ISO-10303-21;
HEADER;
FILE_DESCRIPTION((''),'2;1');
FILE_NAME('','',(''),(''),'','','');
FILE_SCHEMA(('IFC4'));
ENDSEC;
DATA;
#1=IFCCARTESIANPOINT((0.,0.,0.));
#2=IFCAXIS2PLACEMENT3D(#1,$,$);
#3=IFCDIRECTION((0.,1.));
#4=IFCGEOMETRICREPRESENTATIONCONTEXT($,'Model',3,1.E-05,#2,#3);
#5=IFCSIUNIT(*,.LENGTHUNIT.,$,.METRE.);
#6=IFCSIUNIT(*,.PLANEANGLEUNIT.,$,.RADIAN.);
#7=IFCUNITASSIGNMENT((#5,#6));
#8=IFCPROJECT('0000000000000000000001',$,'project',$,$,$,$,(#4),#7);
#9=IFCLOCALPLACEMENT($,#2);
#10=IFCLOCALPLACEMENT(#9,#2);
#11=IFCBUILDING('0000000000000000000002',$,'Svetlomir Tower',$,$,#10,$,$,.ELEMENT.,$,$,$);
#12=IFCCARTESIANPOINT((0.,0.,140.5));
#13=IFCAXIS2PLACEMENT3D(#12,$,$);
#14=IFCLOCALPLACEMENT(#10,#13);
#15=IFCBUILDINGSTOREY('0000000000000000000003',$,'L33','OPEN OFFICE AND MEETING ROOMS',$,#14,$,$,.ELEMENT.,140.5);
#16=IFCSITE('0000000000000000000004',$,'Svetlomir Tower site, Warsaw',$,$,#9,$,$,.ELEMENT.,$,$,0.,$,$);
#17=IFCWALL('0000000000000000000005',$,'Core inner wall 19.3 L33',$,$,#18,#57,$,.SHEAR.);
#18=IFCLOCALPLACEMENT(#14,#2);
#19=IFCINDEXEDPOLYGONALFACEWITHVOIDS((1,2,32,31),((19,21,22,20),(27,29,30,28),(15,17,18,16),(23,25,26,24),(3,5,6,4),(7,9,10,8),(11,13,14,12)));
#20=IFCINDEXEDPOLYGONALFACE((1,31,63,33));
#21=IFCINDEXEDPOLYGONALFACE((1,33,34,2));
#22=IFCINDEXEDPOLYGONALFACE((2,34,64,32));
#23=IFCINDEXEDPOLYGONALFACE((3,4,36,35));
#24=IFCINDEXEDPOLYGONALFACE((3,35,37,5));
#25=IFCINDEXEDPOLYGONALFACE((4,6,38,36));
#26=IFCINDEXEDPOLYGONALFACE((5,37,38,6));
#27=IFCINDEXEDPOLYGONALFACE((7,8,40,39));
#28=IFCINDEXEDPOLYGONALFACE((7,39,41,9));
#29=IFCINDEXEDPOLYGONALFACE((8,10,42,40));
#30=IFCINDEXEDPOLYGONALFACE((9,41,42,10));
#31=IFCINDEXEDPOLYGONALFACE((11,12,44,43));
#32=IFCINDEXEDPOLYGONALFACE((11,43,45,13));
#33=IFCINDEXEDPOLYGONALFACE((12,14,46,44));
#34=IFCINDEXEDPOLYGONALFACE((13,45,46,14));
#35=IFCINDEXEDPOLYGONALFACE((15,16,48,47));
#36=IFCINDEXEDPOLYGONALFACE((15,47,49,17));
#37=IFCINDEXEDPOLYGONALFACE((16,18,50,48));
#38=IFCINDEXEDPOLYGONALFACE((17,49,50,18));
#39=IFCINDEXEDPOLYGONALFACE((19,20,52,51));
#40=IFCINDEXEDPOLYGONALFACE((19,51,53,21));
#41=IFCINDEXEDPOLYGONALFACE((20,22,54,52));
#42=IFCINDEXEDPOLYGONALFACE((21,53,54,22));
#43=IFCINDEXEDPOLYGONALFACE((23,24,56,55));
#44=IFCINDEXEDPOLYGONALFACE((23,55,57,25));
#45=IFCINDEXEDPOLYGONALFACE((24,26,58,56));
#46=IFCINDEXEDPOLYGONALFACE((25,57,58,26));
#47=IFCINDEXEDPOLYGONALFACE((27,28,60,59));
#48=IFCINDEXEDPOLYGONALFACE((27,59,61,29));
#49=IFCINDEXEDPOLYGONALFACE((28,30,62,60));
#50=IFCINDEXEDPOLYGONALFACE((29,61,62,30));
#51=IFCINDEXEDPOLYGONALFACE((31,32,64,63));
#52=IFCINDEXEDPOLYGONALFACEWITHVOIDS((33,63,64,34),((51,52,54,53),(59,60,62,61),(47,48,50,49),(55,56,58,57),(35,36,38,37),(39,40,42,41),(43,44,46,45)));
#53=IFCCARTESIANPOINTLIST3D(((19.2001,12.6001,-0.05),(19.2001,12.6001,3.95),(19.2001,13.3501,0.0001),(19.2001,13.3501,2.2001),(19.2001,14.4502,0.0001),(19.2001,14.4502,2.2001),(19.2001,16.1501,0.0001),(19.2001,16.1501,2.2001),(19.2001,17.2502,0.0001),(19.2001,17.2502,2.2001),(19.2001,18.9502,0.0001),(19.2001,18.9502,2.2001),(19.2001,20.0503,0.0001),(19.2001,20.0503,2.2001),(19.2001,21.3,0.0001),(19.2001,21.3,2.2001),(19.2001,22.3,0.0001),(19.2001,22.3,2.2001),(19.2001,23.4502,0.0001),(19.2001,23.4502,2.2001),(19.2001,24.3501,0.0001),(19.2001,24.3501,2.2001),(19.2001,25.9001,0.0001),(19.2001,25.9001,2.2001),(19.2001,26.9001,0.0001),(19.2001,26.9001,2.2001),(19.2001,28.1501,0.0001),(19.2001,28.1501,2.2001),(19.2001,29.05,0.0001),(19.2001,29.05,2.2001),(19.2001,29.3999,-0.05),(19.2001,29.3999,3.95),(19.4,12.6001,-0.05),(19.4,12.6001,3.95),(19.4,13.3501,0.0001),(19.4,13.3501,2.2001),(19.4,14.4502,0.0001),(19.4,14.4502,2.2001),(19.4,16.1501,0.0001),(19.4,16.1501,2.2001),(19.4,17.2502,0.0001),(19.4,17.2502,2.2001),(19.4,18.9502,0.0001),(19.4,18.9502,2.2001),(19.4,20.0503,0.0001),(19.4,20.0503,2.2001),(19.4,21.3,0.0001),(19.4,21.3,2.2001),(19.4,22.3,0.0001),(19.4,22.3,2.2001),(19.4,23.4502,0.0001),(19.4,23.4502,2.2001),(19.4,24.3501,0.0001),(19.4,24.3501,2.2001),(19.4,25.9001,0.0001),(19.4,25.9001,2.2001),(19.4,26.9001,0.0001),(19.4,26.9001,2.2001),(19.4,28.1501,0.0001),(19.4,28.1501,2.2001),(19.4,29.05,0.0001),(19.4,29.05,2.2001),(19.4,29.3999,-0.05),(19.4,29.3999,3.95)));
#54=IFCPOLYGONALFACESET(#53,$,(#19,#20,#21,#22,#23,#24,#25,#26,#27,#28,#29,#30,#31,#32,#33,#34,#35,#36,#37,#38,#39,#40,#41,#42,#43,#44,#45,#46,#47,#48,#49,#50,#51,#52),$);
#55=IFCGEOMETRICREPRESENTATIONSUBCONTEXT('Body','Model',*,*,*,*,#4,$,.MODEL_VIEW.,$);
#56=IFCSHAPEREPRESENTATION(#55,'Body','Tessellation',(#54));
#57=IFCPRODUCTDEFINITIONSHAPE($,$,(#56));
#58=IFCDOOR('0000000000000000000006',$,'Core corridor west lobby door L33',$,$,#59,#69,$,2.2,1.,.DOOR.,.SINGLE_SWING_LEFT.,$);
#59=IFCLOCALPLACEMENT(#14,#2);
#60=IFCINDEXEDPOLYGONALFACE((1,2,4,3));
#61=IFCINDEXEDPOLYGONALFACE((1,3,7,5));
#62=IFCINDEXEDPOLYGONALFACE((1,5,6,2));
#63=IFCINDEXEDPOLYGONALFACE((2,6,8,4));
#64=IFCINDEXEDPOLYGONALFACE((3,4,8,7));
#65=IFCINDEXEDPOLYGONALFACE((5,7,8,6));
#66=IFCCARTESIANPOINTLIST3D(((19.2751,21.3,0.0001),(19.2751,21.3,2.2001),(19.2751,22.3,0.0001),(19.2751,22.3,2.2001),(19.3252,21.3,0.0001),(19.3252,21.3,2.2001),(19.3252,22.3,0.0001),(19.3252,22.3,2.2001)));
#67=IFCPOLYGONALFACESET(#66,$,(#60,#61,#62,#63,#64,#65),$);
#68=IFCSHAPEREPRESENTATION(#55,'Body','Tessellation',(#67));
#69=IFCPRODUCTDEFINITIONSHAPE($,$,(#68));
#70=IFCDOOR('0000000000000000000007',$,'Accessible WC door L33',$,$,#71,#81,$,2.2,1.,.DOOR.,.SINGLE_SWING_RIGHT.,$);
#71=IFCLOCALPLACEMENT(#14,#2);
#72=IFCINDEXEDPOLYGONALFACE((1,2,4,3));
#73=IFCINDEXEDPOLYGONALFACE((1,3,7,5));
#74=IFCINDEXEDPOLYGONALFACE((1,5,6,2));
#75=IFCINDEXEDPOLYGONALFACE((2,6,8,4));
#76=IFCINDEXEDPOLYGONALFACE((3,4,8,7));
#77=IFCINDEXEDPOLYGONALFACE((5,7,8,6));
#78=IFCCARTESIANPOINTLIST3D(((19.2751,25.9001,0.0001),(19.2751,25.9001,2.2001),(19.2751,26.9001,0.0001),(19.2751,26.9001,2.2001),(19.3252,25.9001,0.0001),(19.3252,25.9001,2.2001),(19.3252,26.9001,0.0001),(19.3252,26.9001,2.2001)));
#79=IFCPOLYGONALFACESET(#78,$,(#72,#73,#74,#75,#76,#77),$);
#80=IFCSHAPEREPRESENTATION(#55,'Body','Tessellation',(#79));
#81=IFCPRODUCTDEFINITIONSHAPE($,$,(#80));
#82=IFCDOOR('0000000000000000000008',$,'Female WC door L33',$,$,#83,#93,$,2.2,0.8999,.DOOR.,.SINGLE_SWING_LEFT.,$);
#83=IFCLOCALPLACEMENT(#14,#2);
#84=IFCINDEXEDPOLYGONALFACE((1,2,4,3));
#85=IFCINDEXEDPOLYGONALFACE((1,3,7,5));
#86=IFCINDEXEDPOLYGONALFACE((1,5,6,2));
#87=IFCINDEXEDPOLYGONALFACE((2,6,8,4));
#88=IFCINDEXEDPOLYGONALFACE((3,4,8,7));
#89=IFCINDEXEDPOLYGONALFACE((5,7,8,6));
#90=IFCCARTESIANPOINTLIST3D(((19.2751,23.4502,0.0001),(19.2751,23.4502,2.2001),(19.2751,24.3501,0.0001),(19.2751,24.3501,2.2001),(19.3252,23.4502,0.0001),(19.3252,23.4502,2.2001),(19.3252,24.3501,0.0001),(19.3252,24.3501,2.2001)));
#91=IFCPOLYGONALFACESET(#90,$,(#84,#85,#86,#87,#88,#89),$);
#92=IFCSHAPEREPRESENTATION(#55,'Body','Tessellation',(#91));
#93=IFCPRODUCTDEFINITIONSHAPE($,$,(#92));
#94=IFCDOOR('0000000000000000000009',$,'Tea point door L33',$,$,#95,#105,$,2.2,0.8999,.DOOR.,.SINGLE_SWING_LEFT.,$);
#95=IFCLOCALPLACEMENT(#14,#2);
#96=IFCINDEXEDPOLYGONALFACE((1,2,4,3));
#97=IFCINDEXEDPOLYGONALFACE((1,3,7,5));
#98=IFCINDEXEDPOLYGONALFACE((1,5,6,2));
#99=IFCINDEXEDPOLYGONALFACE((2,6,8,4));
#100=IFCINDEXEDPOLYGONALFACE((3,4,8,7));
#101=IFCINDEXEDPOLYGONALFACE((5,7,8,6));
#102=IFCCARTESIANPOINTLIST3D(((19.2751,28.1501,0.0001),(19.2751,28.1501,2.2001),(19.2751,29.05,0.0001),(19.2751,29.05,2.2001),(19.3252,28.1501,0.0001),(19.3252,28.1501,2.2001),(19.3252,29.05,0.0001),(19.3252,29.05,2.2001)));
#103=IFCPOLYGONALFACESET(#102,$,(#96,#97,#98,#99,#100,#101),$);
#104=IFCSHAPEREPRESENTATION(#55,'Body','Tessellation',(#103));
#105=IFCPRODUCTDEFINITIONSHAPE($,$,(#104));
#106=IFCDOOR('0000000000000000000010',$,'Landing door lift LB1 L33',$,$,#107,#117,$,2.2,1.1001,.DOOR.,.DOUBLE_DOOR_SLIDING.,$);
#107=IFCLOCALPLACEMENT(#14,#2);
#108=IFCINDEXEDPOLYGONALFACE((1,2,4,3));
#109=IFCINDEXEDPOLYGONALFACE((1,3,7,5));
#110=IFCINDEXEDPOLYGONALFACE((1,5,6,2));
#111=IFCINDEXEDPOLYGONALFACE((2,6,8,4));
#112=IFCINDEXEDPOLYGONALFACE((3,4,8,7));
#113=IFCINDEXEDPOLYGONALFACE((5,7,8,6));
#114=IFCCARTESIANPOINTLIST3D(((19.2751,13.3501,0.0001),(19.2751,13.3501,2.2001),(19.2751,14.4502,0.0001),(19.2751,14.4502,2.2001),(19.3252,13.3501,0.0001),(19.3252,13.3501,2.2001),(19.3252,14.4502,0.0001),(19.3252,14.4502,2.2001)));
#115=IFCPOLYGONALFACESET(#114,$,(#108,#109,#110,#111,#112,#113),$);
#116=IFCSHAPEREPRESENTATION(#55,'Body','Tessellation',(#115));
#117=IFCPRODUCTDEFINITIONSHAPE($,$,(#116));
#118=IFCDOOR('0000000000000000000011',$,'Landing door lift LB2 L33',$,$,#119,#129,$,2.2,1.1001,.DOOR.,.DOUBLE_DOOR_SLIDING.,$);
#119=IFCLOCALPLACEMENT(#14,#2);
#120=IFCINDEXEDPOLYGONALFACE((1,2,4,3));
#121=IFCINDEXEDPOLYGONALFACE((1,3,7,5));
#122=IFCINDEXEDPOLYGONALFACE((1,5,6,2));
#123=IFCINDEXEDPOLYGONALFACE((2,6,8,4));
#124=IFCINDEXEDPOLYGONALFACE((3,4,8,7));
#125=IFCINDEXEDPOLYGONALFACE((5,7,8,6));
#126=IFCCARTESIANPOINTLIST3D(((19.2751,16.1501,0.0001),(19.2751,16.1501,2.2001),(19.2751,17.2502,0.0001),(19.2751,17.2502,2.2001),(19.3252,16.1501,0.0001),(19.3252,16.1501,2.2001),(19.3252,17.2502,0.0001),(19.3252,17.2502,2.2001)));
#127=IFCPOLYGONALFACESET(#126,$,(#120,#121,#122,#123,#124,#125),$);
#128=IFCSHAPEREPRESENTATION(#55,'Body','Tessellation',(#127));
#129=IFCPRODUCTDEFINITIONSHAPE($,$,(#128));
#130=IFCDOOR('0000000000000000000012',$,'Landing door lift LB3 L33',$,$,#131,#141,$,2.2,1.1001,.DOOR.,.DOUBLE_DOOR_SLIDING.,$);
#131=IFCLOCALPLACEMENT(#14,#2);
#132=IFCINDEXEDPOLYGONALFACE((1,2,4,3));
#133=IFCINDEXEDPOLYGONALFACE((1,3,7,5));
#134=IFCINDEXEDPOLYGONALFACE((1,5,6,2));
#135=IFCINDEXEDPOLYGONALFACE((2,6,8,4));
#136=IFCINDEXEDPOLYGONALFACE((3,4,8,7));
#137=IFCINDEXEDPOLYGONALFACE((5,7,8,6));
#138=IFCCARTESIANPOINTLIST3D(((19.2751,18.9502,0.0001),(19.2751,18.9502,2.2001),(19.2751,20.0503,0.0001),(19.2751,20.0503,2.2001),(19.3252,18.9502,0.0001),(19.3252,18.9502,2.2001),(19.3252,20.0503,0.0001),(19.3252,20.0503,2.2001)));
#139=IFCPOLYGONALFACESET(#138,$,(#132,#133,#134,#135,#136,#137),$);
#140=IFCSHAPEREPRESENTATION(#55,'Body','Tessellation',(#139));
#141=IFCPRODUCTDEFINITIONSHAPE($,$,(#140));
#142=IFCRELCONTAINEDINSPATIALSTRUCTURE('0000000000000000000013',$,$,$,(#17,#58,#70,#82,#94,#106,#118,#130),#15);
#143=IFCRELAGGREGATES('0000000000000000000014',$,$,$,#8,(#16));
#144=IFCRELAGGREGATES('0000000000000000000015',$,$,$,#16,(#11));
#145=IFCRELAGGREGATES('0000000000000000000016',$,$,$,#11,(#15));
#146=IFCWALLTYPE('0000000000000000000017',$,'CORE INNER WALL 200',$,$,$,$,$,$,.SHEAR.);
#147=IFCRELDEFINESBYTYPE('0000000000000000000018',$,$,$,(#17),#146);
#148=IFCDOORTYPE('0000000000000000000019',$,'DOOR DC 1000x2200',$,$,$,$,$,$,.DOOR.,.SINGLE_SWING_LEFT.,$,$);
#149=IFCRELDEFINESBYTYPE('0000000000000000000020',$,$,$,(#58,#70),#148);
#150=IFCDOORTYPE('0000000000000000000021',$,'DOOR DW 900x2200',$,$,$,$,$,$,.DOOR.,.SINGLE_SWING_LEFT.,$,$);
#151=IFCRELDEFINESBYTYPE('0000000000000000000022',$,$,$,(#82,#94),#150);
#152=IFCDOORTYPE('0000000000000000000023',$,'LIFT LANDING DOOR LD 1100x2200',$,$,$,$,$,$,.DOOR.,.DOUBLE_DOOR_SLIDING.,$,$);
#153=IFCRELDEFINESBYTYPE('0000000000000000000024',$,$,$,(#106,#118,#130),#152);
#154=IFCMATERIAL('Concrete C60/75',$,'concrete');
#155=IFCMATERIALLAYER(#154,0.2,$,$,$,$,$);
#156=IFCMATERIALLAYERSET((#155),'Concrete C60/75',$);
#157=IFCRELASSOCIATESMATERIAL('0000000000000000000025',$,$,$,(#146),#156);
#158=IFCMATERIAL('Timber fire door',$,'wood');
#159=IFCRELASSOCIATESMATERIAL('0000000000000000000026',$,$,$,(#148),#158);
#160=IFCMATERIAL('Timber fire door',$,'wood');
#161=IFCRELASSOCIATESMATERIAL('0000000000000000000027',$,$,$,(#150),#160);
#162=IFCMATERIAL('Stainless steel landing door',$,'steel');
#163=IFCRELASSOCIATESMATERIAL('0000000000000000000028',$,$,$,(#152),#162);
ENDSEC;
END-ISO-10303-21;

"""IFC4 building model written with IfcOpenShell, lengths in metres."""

from ifc_helpers import new_model, si_unit, direction, frame, frame_2d, origin, place, context, subcontext, project, spatial, rectangle, extrude, material, layer, layer_set, type_object, element, fill, save


model = new_model("IFC4")

# Units and contexts
model_context = context("Model", 3, precision=1e-05, world=origin(), true_north=direction((0.0, 1.0)))
body_context = subcontext(model_context, "Body", "Model", "MODEL_VIEW")
ifc_project = project(units=[si_unit("LENGTHUNIT", "METRE"), si_unit("PLANEANGLEUNIT", "RADIAN")], contexts=[model_context])

# Site, building, storey
site_placement = place(None, origin())
site = spatial("IfcSite", under=ifc_project, at=site_placement, Name="Svetlomir Tower site, Warsaw", CompositionType="ELEMENT", RefElevation=0.0)
building_placement = place(site_placement, origin())
building = spatial("IfcBuilding", under=site, at=building_placement, Name="Svetlomir Tower", CompositionType="ELEMENT")
storey_placement = place(building_placement, frame((0.0, 0.0, 140.5)))
storey = spatial("IfcBuildingStorey", under=building, at=storey_placement, Name="L33", Description="OPEN OFFICE AND MEETING ROOMS", CompositionType="ELEMENT", Elevation=140.5)

# Shared definitions
ifc_material_1 = material(Name="Concrete C60/75", Category="concrete")
ifc_layer_1 = layer(ifc_material_1, 0.2)
ifc_layer_set_1 = layer_set([ifc_layer_1], Name="Concrete C60/75")
wall_type_1 = type_object("IfcWallType", Name="CORE INNER WALL 200", PredefinedType="SHEAR", material=ifc_layer_set_1)

# Wall, openings, doors
wall_1_placement = place(storey_placement, frame((19.3, 12.6001, -0.05), z_axis=(0.0, 0.0, 1.0), x_axis=(0.0, 1.0, 0.0)))
wall_1 = element("IfcWall", 1, at=wall_1_placement, inside=storey, type_object=wall_type_1, Name="Core inner wall 19.3 L33", PredefinedType="SHEAR", context=body_context, shape_type="SweptSolid", body=[
    extrude(rectangle(XDim=16.7998, YDim=0.2, at=frame_2d((8.3999, 0.0))), origin(), (0.0, 0.0, 1.0), 4.0),
])
opening_1_placement = place(wall_1_placement, frame((8.7, 0.0, 0.05)))
opening_1 = element("IfcOpeningElement", 2, at=opening_1_placement, cuts=wall_1, PredefinedType="OPENING", context=body_context, shape_type="SweptSolid", body=[
    extrude(rectangle(XDim=1.0, YDim=2.2, at=frame_2d((0.5, 1.1001))), frame((0.0, 0.1099, 0.0), z_axis=(0.0, -1.0, 0.0), x_axis=(1.0, 0.0, 0.0)), (0.0, 0.0, 1.0), 0.22),
])
opening_2_placement = place(wall_1_placement, frame((10.8501, 0.0, 0.05)))
opening_2 = element("IfcOpeningElement", 3, at=opening_2_placement, cuts=wall_1, PredefinedType="OPENING", context=body_context, shape_type="SweptSolid", body=[
    extrude(rectangle(XDim=0.8999, YDim=2.2, at=frame_2d((0.45, 1.1001))), frame((0.0, 0.1099, 0.0), z_axis=(0.0, -1.0, 0.0), x_axis=(1.0, 0.0, 0.0)), (0.0, 0.0, 1.0), 0.22),
])
opening_3_placement = place(wall_1_placement, frame((13.3, 0.0, 0.05)))
opening_3 = element("IfcOpeningElement", 4, at=opening_3_placement, cuts=wall_1, PredefinedType="OPENING", context=body_context, shape_type="SweptSolid", body=[
    extrude(rectangle(XDim=1.0, YDim=2.2, at=frame_2d((0.5, 1.1001))), frame((0.0, 0.1099, 0.0), z_axis=(0.0, -1.0, 0.0), x_axis=(1.0, 0.0, 0.0)), (0.0, 0.0, 1.0), 0.22),
])
opening_4_placement = place(wall_1_placement, frame((15.55, 0.0, 0.05)))
opening_4 = element("IfcOpeningElement", 5, at=opening_4_placement, cuts=wall_1, PredefinedType="OPENING", context=body_context, shape_type="SweptSolid", body=[
    extrude(rectangle(XDim=0.8999, YDim=2.2, at=frame_2d((0.45, 1.1001))), frame((0.0, 0.1099, 0.0), z_axis=(0.0, -1.0, 0.0), x_axis=(1.0, 0.0, 0.0)), (0.0, 0.0, 1.0), 0.22),
])
opening_5_placement = place(wall_1_placement, frame((0.75, 0.0, 0.05)))
opening_5 = element("IfcOpeningElement", 6, at=opening_5_placement, cuts=wall_1, PredefinedType="OPENING", context=body_context, shape_type="SweptSolid", body=[
    extrude(rectangle(XDim=1.1001, YDim=2.2, at=frame_2d((0.55, 1.1001))), frame((0.0, 0.1099, 0.0), z_axis=(0.0, -1.0, 0.0), x_axis=(1.0, 0.0, 0.0)), (0.0, 0.0, 1.0), 0.22),
])
opening_6_placement = place(wall_1_placement, frame((3.55, 0.0, 0.05)))
opening_6 = element("IfcOpeningElement", 7, at=opening_6_placement, cuts=wall_1, PredefinedType="OPENING", context=body_context, shape_type="SweptSolid", body=[
    extrude(rectangle(XDim=1.1001, YDim=2.2, at=frame_2d((0.55, 1.1001))), frame((0.0, 0.1099, 0.0), z_axis=(0.0, -1.0, 0.0), x_axis=(1.0, 0.0, 0.0)), (0.0, 0.0, 1.0), 0.22),
])
opening_7_placement = place(wall_1_placement, frame((6.3501, 0.0, 0.05)))
opening_7 = element("IfcOpeningElement", 8, at=opening_7_placement, cuts=wall_1, PredefinedType="OPENING", context=body_context, shape_type="SweptSolid", body=[
    extrude(rectangle(XDim=1.1001, YDim=2.2, at=frame_2d((0.55, 1.1001))), frame((0.0, 0.1099, 0.0), z_axis=(0.0, -1.0, 0.0), x_axis=(1.0, 0.0, 0.0)), (0.0, 0.0, 1.0), 0.22),
])
ifc_material_2 = material(Name="Timber fire door", Category="wood")
door_type_1 = type_object("IfcDoorType", Name="DOOR DC 1000x2200", OperationType="SINGLE_SWING_LEFT", PredefinedType="DOOR", material=ifc_material_2)
door_1_placement = place(opening_1_placement, origin())
door_1 = element("IfcDoor", 9, at=door_1_placement, inside=storey, type_object=door_type_1, Name="Core corridor west lobby door L33", OperationType="SINGLE_SWING_LEFT", OverallHeight=2.2, OverallWidth=1.0, PredefinedType="DOOR", context=body_context, shape_type="SweptSolid", body=[
    extrude(rectangle(XDim=1.0, YDim=2.2, at=frame_2d((0.5, 1.1001))), frame((0.0, 0.0249, 0.0), z_axis=(0.0, -1.0, 0.0), x_axis=(1.0, 0.0, 0.0)), (0.0, 0.0, 1.0), 0.05),
])
fill(opening_1, door_1)
door_2_placement = place(opening_3_placement, origin())
door_2 = element("IfcDoor", 10, at=door_2_placement, inside=storey, type_object=door_type_1, Name="Accessible WC door L33", OperationType="SINGLE_SWING_RIGHT", OverallHeight=2.2, OverallWidth=1.0, PredefinedType="DOOR", context=body_context, shape_type="SweptSolid", body=[
    extrude(rectangle(XDim=1.0, YDim=2.2, at=frame_2d((0.5, 1.1001))), frame((0.0, 0.0249, 0.0), z_axis=(0.0, -1.0, 0.0), x_axis=(1.0, 0.0, 0.0)), (0.0, 0.0, 1.0), 0.05),
])
fill(opening_3, door_2)
ifc_material_3 = material(Name="Timber fire door", Category="wood")
door_type_2 = type_object("IfcDoorType", Name="DOOR DW 900x2200", OperationType="SINGLE_SWING_LEFT", PredefinedType="DOOR", material=ifc_material_3)
door_3_placement = place(opening_2_placement, origin())
door_3 = element("IfcDoor", 11, at=door_3_placement, inside=storey, type_object=door_type_2, Name="Female WC door L33", OperationType="SINGLE_SWING_LEFT", OverallHeight=2.2, OverallWidth=0.8999, PredefinedType="DOOR", context=body_context, shape_type="SweptSolid", body=[
    extrude(rectangle(XDim=0.8999, YDim=2.2, at=frame_2d((0.45, 1.1001))), frame((0.0, 0.0249, 0.0), z_axis=(0.0, -1.0, 0.0), x_axis=(1.0, 0.0, 0.0)), (0.0, 0.0, 1.0), 0.05),
])
fill(opening_2, door_3)
door_4_placement = place(opening_4_placement, origin())
door_4 = element("IfcDoor", 12, at=door_4_placement, inside=storey, type_object=door_type_2, Name="Tea point door L33", OperationType="SINGLE_SWING_LEFT", OverallHeight=2.2, OverallWidth=0.8999, PredefinedType="DOOR", context=body_context, shape_type="SweptSolid", body=[
    extrude(rectangle(XDim=0.8999, YDim=2.2, at=frame_2d((0.45, 1.1001))), frame((0.0, 0.0249, 0.0), z_axis=(0.0, -1.0, 0.0), x_axis=(1.0, 0.0, 0.0)), (0.0, 0.0, 1.0), 0.05),
])
fill(opening_4, door_4)
ifc_material_4 = material(Name="Stainless steel landing door", Category="steel")
door_type_3 = type_object("IfcDoorType", Name="LIFT LANDING DOOR LD 1100x2200", OperationType="DOUBLE_DOOR_SLIDING", PredefinedType="DOOR", material=ifc_material_4)
door_5_placement = place(opening_5_placement, origin())
door_5 = element("IfcDoor", 13, at=door_5_placement, inside=storey, type_object=door_type_3, Name="Landing door lift LB1 L33", OperationType="DOUBLE_DOOR_SLIDING", OverallHeight=2.2, OverallWidth=1.1001, PredefinedType="DOOR", context=body_context, shape_type="SweptSolid", body=[
    extrude(rectangle(XDim=1.1001, YDim=2.2, at=frame_2d((0.55, 1.1001))), frame((0.0, 0.0249, 0.0), z_axis=(0.0, -1.0, 0.0), x_axis=(1.0, 0.0, 0.0)), (0.0, 0.0, 1.0), 0.05),
])
fill(opening_5, door_5)
door_6_placement = place(opening_6_placement, origin())
door_6 = element("IfcDoor", 14, at=door_6_placement, inside=storey, type_object=door_type_3, Name="Landing door lift LB2 L33", OperationType="DOUBLE_DOOR_SLIDING", OverallHeight=2.2, OverallWidth=1.1001, PredefinedType="DOOR", context=body_context, shape_type="SweptSolid", body=[
    extrude(rectangle(XDim=1.1001, YDim=2.2, at=frame_2d((0.55, 1.1001))), frame((0.0, 0.0249, 0.0), z_axis=(0.0, -1.0, 0.0), x_axis=(1.0, 0.0, 0.0)), (0.0, 0.0, 1.0), 0.05),
])
fill(opening_6, door_6)
door_7_placement = place(opening_7_placement, origin())
door_7 = element("IfcDoor", 15, at=door_7_placement, inside=storey, type_object=door_type_3, Name="Landing door lift LB3 L33", OperationType="DOUBLE_DOOR_SLIDING", OverallHeight=2.2, OverallWidth=1.1001, PredefinedType="DOOR", context=body_context, shape_type="SweptSolid", body=[
    extrude(rectangle(XDim=1.1001, YDim=2.2, at=frame_2d((0.55, 1.1001))), frame((0.0, 0.0249, 0.0), z_axis=(0.0, -1.0, 0.0), x_axis=(1.0, 0.0, 0.0)), (0.0, 0.0, 1.0), 0.05),
])
fill(opening_7, door_7)

save(model, "model.ifc")
